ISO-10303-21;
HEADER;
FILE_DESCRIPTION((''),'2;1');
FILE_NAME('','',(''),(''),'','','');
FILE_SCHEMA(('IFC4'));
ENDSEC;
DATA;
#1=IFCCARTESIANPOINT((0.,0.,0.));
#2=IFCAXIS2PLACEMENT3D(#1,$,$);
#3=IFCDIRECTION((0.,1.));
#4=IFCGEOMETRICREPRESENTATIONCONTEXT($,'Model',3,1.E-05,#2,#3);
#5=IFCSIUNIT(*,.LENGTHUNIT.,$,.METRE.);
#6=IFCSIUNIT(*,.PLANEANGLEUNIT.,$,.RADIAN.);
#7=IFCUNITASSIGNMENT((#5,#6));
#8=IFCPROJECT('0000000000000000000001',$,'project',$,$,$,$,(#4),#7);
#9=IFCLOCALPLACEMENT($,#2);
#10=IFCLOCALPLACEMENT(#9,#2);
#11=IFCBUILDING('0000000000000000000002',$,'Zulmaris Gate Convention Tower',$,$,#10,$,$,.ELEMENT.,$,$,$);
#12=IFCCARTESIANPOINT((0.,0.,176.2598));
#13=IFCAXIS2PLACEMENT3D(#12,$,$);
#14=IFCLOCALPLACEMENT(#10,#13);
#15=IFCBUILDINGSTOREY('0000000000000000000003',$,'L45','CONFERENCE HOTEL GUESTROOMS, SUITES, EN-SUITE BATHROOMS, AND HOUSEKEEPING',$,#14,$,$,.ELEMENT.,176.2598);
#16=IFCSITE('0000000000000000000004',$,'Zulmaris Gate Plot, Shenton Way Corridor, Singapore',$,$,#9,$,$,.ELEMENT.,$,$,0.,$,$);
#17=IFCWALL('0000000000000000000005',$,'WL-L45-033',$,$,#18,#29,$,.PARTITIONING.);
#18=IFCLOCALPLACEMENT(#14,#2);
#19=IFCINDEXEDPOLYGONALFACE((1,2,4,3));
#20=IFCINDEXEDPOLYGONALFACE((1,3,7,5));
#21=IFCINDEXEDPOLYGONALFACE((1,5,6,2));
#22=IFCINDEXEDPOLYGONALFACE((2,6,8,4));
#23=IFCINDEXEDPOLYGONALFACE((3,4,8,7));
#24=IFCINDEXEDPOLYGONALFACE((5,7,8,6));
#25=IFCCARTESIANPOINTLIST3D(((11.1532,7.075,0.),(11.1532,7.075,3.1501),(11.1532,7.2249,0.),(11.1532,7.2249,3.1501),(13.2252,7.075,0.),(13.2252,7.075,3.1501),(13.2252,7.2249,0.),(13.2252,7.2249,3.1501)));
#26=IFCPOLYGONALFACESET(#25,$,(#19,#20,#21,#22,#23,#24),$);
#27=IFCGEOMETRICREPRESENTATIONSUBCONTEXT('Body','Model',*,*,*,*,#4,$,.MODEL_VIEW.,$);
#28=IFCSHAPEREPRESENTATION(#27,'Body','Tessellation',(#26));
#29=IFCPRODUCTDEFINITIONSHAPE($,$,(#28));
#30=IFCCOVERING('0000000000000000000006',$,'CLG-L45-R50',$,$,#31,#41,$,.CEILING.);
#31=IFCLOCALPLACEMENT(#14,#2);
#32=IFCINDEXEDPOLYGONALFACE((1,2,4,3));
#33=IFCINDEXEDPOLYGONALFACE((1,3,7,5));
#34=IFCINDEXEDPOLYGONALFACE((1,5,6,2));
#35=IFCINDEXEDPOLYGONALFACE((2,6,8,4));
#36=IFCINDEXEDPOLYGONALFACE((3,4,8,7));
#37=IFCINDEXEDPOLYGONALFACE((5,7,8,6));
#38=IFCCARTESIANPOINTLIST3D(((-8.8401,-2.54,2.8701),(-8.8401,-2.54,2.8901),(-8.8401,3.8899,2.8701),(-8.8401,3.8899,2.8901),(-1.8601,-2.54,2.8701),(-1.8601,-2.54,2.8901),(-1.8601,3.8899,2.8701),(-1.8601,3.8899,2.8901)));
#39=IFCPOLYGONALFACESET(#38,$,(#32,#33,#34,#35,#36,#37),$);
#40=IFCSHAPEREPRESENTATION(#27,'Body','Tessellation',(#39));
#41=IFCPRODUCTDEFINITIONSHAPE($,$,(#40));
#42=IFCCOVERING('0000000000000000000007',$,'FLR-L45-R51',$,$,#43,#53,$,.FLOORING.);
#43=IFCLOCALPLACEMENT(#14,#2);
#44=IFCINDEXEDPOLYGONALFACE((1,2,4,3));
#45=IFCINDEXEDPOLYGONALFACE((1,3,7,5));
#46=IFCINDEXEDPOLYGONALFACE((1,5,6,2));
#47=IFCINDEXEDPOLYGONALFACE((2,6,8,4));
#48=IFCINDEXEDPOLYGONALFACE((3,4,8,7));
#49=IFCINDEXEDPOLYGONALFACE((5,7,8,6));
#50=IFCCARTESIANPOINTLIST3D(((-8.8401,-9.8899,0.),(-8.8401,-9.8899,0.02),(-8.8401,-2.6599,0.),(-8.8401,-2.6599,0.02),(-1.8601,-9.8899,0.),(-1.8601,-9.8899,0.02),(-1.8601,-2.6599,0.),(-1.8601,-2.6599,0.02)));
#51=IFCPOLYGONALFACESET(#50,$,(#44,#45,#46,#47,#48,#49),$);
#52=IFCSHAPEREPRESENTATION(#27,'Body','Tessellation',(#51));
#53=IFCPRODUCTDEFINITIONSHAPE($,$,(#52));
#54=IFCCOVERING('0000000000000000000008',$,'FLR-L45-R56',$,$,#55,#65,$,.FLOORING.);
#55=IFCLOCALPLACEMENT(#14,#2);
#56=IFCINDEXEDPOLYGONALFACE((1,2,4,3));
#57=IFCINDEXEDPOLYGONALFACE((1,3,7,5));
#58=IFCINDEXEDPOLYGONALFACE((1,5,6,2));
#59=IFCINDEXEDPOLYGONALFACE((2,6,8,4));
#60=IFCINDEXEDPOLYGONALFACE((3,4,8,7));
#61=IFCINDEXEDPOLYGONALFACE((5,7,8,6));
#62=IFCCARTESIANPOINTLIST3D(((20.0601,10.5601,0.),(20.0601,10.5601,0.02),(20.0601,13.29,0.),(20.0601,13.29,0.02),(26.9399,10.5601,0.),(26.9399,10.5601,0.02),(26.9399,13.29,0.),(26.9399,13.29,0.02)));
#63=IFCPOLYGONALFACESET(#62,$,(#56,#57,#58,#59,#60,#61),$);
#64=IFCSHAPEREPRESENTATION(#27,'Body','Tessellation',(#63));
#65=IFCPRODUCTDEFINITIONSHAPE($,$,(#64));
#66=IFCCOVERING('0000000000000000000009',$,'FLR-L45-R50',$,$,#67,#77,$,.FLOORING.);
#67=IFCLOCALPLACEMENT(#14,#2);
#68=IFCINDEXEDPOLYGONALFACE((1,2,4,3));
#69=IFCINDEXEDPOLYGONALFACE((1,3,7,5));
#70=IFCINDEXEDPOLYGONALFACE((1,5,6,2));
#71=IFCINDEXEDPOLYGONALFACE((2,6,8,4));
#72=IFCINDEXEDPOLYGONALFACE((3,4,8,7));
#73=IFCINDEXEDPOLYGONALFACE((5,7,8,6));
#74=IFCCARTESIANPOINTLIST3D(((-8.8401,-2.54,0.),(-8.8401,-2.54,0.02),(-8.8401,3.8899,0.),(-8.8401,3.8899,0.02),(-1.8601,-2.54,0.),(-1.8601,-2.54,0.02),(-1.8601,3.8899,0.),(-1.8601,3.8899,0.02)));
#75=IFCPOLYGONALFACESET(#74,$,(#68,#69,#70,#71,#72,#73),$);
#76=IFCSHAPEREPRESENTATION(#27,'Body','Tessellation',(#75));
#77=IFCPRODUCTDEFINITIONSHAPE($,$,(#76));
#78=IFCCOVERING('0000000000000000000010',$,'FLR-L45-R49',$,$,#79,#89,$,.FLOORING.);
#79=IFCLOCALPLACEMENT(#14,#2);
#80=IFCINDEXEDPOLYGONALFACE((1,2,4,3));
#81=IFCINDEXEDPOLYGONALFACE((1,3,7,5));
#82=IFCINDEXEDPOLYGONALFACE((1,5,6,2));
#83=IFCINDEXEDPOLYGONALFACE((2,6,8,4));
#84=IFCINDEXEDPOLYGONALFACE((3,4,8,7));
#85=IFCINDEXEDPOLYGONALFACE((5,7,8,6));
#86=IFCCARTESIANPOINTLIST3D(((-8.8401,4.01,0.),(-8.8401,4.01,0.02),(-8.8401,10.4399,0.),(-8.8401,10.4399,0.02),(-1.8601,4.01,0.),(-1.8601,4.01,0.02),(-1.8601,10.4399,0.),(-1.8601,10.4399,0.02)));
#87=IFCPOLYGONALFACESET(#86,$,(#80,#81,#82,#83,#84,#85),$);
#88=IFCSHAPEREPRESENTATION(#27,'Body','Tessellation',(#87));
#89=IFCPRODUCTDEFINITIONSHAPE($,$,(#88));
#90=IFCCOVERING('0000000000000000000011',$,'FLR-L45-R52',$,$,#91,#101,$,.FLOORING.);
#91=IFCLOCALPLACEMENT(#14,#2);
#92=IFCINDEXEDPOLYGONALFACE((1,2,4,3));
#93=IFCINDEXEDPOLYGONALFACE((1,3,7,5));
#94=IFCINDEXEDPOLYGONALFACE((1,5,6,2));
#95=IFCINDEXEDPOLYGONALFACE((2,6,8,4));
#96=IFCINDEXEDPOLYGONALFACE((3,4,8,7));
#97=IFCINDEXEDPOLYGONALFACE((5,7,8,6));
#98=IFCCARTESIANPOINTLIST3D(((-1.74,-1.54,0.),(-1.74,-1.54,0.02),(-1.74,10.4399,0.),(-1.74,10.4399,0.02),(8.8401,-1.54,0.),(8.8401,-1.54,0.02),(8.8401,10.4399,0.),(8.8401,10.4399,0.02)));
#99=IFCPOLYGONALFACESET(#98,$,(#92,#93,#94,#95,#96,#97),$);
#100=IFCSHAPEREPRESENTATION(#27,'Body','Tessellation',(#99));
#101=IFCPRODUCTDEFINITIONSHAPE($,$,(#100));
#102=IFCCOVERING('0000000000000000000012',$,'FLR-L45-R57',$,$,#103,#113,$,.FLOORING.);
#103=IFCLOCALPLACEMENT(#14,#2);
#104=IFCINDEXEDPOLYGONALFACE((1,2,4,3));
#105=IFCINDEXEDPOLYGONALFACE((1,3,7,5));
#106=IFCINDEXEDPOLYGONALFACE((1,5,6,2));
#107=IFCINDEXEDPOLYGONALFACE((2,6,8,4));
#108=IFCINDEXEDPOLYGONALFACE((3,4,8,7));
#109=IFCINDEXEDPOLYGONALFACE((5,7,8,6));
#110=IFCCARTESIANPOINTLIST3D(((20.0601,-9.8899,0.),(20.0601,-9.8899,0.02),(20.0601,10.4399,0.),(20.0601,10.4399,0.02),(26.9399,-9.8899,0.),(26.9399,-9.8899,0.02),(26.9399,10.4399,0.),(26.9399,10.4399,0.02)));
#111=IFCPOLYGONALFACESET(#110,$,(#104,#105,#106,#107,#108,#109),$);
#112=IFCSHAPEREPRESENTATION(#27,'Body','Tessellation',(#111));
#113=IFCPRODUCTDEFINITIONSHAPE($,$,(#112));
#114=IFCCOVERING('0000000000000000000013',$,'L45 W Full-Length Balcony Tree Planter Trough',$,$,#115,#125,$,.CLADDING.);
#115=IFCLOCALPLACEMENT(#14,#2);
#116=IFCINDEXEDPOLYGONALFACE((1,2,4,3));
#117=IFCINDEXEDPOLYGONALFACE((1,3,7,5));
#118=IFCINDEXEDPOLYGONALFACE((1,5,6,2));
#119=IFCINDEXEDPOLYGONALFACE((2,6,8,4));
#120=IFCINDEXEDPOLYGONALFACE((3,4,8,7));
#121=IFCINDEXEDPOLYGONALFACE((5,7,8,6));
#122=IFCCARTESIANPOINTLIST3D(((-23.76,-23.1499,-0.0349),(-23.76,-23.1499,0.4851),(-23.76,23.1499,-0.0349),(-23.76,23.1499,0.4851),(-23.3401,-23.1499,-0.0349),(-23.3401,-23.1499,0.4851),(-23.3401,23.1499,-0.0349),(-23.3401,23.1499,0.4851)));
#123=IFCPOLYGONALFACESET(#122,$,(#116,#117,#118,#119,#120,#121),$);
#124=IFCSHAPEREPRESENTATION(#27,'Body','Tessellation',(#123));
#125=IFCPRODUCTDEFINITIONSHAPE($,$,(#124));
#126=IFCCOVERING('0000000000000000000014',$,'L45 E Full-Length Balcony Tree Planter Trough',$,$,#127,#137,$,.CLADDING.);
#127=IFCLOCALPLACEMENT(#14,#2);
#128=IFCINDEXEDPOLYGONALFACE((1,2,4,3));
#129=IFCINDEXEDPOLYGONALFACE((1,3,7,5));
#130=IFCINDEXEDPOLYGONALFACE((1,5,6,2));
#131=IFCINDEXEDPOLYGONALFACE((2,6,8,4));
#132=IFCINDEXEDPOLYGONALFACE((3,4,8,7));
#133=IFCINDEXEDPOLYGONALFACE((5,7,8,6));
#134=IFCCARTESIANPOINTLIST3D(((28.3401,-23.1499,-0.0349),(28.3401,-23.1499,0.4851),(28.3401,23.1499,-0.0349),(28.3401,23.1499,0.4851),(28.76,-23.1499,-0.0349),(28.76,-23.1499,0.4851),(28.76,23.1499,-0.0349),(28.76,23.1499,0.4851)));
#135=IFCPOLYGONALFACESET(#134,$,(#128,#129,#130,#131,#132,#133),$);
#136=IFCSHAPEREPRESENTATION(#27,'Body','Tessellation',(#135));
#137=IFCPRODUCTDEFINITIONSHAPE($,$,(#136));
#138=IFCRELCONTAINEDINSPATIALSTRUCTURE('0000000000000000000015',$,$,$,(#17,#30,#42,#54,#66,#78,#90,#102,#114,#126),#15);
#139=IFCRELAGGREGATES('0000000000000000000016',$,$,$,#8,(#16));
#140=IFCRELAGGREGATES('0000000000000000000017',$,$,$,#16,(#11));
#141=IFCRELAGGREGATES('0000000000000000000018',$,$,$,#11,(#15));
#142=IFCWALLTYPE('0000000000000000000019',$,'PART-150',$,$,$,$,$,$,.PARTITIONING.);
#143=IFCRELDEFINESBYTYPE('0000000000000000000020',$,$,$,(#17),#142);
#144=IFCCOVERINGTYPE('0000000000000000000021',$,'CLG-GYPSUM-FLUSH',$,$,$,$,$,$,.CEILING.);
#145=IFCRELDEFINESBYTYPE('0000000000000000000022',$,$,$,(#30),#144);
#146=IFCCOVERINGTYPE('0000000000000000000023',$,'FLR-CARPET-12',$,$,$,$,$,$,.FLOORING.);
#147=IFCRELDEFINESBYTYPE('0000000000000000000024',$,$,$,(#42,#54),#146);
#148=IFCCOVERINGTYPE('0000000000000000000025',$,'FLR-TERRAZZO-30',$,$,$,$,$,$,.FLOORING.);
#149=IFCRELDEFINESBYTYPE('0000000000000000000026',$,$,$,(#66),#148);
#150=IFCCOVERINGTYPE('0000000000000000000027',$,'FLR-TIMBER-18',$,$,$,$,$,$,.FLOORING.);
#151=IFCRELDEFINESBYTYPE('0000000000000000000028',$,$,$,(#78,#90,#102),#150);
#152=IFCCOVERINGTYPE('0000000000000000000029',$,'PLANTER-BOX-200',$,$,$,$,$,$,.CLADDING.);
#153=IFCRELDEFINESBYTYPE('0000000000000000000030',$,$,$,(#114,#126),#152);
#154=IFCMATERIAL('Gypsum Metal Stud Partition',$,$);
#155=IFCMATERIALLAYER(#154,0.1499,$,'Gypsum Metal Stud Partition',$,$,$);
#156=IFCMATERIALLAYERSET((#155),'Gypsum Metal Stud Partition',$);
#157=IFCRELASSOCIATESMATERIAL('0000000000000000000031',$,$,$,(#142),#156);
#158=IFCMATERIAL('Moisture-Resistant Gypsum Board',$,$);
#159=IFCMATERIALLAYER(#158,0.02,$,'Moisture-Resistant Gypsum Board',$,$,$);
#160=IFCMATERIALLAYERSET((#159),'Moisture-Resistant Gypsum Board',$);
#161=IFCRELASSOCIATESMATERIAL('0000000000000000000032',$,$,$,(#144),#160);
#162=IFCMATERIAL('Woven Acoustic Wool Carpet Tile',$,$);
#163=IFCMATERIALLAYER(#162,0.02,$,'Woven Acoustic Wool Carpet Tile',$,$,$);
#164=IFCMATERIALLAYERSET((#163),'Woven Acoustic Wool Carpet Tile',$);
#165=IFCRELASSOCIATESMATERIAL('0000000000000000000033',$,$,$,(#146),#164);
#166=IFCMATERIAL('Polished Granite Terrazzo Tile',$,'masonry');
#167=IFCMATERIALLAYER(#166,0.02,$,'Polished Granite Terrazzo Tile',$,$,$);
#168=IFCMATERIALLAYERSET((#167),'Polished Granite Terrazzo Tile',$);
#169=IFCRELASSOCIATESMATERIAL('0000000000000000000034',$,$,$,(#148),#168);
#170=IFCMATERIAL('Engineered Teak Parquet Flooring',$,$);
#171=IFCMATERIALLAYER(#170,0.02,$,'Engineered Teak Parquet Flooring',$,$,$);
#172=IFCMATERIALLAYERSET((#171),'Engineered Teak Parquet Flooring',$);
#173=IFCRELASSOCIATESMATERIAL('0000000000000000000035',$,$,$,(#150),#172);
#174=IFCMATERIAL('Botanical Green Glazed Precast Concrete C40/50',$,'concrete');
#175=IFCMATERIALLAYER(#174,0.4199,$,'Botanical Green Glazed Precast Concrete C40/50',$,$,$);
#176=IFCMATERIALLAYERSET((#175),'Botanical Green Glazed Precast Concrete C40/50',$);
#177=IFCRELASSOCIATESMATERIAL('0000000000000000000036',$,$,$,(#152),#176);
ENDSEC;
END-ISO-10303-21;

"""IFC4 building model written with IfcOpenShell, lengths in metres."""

from ifc_helpers import new_model, si_unit, direction, frame, frame_2d, origin, place, context, subcontext, project, spatial, polyline, rectangle, outline, extrude, material, layer, layer_set, type_object, element, save


model = new_model("IFC4")

# Units and contexts
model_context = context("Model", 3, precision=1e-05, world=origin(), true_north=direction((0.0, 1.0)))
body_context = subcontext(model_context, "Body", "Model", "MODEL_VIEW")
ifc_project = project(units=[si_unit("LENGTHUNIT", "METRE"), si_unit("PLANEANGLEUNIT", "RADIAN")], contexts=[model_context])

# Site, building, storey
site_placement = place(None, origin())
site = spatial("IfcSite", under=ifc_project, at=site_placement, Name="Zulmaris Gate Plot, Shenton Way Corridor, Singapore", CompositionType="ELEMENT", RefElevation=0.0)
building_placement = place(site_placement, origin())
building = spatial("IfcBuilding", under=site, at=building_placement, Name="Zulmaris Gate Convention Tower", CompositionType="ELEMENT")
storey_placement = place(building_placement, frame((0.0, 0.0, 176.2598)))
storey = spatial("IfcBuildingStorey", under=building, at=storey_placement, Name="L45", Description="CONFERENCE HOTEL GUESTROOMS, SUITES, EN-SUITE BATHROOMS, AND HOUSEKEEPING", CompositionType="ELEMENT", Elevation=176.2598)

# Wall
ifc_material_1 = material(Name="Gypsum Metal Stud Partition")
ifc_layer_1 = layer(ifc_material_1, 0.1499, Name="Gypsum Metal Stud Partition")
ifc_layer_set_1 = layer_set([ifc_layer_1], Name="Gypsum Metal Stud Partition")
wall_type_1 = type_object("IfcWallType", Name="PART-150", PredefinedType="PARTITIONING", material=ifc_layer_set_1)
wall_1_placement = place(storey_placement, frame((11.1531, 7.1499, 0.0), z_axis=(0.0, 0.0, 1.0), x_axis=(1.0, 0.0, 0.0)))
element("IfcWall", 1, at=wall_1_placement, inside=storey, type_object=wall_type_1, Name="WL-L45-033", PredefinedType="PARTITIONING", context=body_context, shape_type="SweptSolid", body=[
    extrude(rectangle(XDim=2.072, YDim=0.1499, at=frame_2d((1.0361, 0.0))), origin(), (0.0, 0.0, 1.0), 3.1501),
])

# Coverings
ifc_material_2 = material(Name="Moisture-Resistant Gypsum Board")
ifc_layer_2 = layer(ifc_material_2, 0.02, Name="Moisture-Resistant Gypsum Board")
ifc_layer_set_2 = layer_set([ifc_layer_2], Name="Moisture-Resistant Gypsum Board")
covering_type_1 = type_object("IfcCoveringType", Name="CLG-GYPSUM-FLUSH", PredefinedType="CEILING", material=ifc_layer_set_2)
covering_1_placement = place(storey_placement, frame((0.0, 0.0, 2.8701)))
element("IfcCovering", 2, at=covering_1_placement, inside=storey, type_object=covering_type_1, Name="CLG-L45-R50", PredefinedType="CEILING", context=body_context, shape_type="SweptSolid", body=[
    extrude(outline(polyline([(-8.8401, -2.54), (-1.8601, -2.54), (-1.8601, 3.8899), (-8.8401, 3.8899), (-8.8401, -2.54)])), origin(), (0.0, 0.0, 1.0), 0.02),
])
ifc_material_3 = material(Name="Woven Acoustic Wool Carpet Tile")
ifc_layer_3 = layer(ifc_material_3, 0.02, Name="Woven Acoustic Wool Carpet Tile")
ifc_layer_set_3 = layer_set([ifc_layer_3], Name="Woven Acoustic Wool Carpet Tile")
covering_type_2 = type_object("IfcCoveringType", Name="FLR-CARPET-12", PredefinedType="FLOORING", material=ifc_layer_set_3)
covering_2_placement = place(storey_placement, origin())
element("IfcCovering", 3, at=covering_2_placement, inside=storey, type_object=covering_type_2, Name="FLR-L45-R51", PredefinedType="FLOORING", context=body_context, shape_type="SweptSolid", body=[
    extrude(outline(polyline([(-8.8401, -9.8899), (-1.8601, -9.8899), (-1.8601, -2.6599), (-8.8401, -2.6599), (-8.8401, -9.8899)])), origin(), (0.0, 0.0, 1.0), 0.02),
])
covering_3_placement = place(storey_placement, origin())
element("IfcCovering", 4, at=covering_3_placement, inside=storey, type_object=covering_type_2, Name="FLR-L45-R56", PredefinedType="FLOORING", context=body_context, shape_type="SweptSolid", body=[
    extrude(outline(polyline([(20.0601, 10.5601), (26.9399, 10.5601), (26.9399, 13.29), (20.0601, 13.29), (20.0601, 10.5601)])), origin(), (0.0, 0.0, 1.0), 0.02),
])
ifc_material_4 = material(Name="Polished Granite Terrazzo Tile", Category="masonry")
ifc_layer_4 = layer(ifc_material_4, 0.02, Name="Polished Granite Terrazzo Tile")
ifc_layer_set_4 = layer_set([ifc_layer_4], Name="Polished Granite Terrazzo Tile")
covering_type_3 = type_object("IfcCoveringType", Name="FLR-TERRAZZO-30", PredefinedType="FLOORING", material=ifc_layer_set_4)
covering_4_placement = place(storey_placement, origin())
element("IfcCovering", 5, at=covering_4_placement, inside=storey, type_object=covering_type_3, Name="FLR-L45-R50", PredefinedType="FLOORING", context=body_context, shape_type="SweptSolid", body=[
    extrude(outline(polyline([(-8.8401, -2.54), (-1.8601, -2.54), (-1.8601, 3.8899), (-8.8401, 3.8899), (-8.8401, -2.54)])), origin(), (0.0, 0.0, 1.0), 0.02),
])
ifc_material_5 = material(Name="Engineered Teak Parquet Flooring")
ifc_layer_5 = layer(ifc_material_5, 0.02, Name="Engineered Teak Parquet Flooring")
ifc_layer_set_5 = layer_set([ifc_layer_5], Name="Engineered Teak Parquet Flooring")
covering_type_4 = type_object("IfcCoveringType", Name="FLR-TIMBER-18", PredefinedType="FLOORING", material=ifc_layer_set_5)
covering_5_placement = place(storey_placement, origin())
element("IfcCovering", 6, at=covering_5_placement, inside=storey, type_object=covering_type_4, Name="FLR-L45-R49", PredefinedType="FLOORING", context=body_context, shape_type="SweptSolid", body=[
    extrude(outline(polyline([(-8.8401, 4.01), (-1.8601, 4.01), (-1.8601, 10.4399), (-8.8401, 10.4399), (-8.8401, 4.01)])), origin(), (0.0, 0.0, 1.0), 0.02),
])
covering_6_placement = place(storey_placement, origin())
element("IfcCovering", 7, at=covering_6_placement, inside=storey, type_object=covering_type_4, Name="FLR-L45-R52", PredefinedType="FLOORING", context=body_context, shape_type="SweptSolid", body=[
    extrude(outline(polyline([(-1.74, -1.54), (8.8401, -1.54), (8.8401, 10.4399), (-1.74, 10.4399), (-1.74, -1.54)])), origin(), (0.0, 0.0, 1.0), 0.02),
])
covering_7_placement = place(storey_placement, origin())
element("IfcCovering", 8, at=covering_7_placement, inside=storey, type_object=covering_type_4, Name="FLR-L45-R57", PredefinedType="FLOORING", context=body_context, shape_type="SweptSolid", body=[
    extrude(outline(polyline([(20.0601, -9.8899), (26.9399, -9.8899), (26.9399, 10.4399), (20.0601, 10.4399), (20.0601, -9.8899)])), origin(), (0.0, 0.0, 1.0), 0.02),
])
ifc_material_6 = material(Name="Botanical Green Glazed Precast Concrete C40/50", Category="concrete")
ifc_layer_6 = layer(ifc_material_6, 0.4199, Name="Botanical Green Glazed Precast Concrete C40/50")
ifc_layer_set_6 = layer_set([ifc_layer_6], Name="Botanical Green Glazed Precast Concrete C40/50")
covering_type_5 = type_object("IfcCoveringType", Name="PLANTER-BOX-200", PredefinedType="CLADDING", material=ifc_layer_set_6)
covering_8_placement = place(storey_placement, frame((0.0, 0.0, -0.0349)))
element("IfcCovering", 9, at=covering_8_placement, inside=storey, type_object=covering_type_5, Name="L45 W Full-Length Balcony Tree Planter Trough", PredefinedType="CLADDING", context=body_context, shape_type="SweptSolid", body=[
    extrude(outline(polyline([(-23.76, -23.1499), (-23.3401, -23.1499), (-23.3401, 23.1499), (-23.76, 23.1499), (-23.76, -23.1499)])), origin(), (0.0, 0.0, 1.0), 0.52),
])
covering_9_placement = place(storey_placement, frame((0.0, 0.0, -0.0349)))
element("IfcCovering", 10, at=covering_9_placement, inside=storey, type_object=covering_type_5, Name="L45 E Full-Length Balcony Tree Planter Trough", PredefinedType="CLADDING", context=body_context, shape_type="SweptSolid", body=[
    extrude(outline(polyline([(28.3401, -23.1499), (28.76, -23.1499), (28.76, 23.1499), (28.3401, 23.1499), (28.3401, -23.1499)])), origin(), (0.0, 0.0, 1.0), 0.52),
])

save(model, "model.ifc")
